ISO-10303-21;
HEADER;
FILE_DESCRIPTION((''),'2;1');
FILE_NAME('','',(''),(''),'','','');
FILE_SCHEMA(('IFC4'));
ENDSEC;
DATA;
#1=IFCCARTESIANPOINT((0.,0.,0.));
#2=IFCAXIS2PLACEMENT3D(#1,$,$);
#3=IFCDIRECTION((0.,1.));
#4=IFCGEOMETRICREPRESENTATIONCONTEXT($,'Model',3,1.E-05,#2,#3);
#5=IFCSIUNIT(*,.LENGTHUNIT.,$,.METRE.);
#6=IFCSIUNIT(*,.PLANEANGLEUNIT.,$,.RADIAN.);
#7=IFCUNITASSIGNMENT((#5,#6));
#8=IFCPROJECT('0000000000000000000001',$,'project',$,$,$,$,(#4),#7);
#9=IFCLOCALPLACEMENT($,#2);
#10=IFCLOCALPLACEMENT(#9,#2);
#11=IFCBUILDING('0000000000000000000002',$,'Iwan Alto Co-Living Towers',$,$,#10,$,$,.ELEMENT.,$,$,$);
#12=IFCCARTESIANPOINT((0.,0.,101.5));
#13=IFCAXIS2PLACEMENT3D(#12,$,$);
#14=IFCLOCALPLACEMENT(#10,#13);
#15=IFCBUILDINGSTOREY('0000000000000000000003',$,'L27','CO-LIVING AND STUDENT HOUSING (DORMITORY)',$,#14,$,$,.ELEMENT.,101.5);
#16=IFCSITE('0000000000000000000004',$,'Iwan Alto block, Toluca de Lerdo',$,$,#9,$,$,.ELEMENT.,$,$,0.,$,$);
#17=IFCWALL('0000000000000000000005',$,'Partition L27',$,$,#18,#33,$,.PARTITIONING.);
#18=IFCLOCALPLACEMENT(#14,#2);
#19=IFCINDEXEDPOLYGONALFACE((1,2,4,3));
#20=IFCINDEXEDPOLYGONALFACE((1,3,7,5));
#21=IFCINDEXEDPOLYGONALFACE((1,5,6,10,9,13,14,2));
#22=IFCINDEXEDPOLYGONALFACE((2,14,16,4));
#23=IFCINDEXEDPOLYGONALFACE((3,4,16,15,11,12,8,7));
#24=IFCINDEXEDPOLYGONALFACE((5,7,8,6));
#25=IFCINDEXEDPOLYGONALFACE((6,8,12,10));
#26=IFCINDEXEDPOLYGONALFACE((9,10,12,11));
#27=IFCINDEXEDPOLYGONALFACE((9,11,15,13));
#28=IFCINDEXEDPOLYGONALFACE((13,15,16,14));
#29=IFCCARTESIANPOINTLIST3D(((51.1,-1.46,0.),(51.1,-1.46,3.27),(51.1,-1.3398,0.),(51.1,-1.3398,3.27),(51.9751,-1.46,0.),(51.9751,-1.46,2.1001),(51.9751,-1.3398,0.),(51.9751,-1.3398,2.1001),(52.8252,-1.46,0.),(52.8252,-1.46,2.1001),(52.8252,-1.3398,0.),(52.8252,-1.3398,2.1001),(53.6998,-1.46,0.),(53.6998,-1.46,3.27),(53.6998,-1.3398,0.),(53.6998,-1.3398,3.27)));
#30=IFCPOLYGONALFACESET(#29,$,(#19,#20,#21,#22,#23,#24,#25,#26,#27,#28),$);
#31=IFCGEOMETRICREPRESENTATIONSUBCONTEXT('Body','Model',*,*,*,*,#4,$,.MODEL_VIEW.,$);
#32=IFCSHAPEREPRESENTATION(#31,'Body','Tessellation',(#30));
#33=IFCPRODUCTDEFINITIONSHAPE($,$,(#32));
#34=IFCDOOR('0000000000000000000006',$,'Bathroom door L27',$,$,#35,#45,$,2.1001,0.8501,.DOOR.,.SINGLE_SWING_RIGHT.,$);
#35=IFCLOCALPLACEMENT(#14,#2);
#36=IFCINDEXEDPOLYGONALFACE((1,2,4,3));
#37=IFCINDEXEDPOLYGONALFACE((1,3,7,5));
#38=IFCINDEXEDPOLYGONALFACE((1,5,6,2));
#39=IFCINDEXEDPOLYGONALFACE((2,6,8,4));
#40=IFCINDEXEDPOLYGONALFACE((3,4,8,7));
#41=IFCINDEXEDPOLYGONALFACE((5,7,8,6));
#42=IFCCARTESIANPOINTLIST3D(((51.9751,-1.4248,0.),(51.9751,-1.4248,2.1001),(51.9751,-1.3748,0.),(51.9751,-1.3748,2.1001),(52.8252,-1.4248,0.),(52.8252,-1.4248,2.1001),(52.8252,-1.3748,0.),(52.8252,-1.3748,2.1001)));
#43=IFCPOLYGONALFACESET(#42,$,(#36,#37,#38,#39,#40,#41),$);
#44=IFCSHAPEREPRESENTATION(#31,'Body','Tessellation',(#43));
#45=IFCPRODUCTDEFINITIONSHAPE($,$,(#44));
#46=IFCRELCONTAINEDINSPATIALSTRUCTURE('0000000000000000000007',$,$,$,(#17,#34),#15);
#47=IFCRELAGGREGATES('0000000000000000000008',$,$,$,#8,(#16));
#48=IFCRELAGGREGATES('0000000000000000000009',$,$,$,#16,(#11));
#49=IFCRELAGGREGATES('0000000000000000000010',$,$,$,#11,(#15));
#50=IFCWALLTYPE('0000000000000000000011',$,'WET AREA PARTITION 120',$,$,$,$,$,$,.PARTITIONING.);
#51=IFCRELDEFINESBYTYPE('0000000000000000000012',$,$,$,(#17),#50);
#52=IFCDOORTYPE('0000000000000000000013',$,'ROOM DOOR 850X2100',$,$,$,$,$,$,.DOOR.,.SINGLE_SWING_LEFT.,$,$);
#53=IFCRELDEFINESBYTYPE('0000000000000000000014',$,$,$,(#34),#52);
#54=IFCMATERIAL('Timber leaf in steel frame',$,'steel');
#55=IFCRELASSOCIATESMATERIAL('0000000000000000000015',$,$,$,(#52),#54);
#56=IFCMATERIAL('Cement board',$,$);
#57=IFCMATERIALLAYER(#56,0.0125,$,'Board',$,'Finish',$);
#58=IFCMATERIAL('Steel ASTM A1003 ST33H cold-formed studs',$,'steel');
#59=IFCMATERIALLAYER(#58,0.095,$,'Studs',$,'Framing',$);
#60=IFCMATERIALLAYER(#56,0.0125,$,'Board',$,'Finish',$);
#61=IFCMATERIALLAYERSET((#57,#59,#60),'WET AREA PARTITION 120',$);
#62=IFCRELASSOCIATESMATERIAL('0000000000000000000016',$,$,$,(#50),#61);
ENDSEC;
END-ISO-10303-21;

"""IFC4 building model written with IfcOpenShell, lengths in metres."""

from ifc_helpers import new_model, si_unit, direction, frame, frame_2d, origin, place, context, subcontext, project, spatial, rectangle, extrude, material, layer, layer_set, type_object, element, fill, save


model = new_model("IFC4")

# Units and contexts
model_context = context("Model", 3, precision=1e-05, world=origin(), true_north=direction((0.0, 1.0)))
body_context = subcontext(model_context, "Body", "Model", "MODEL_VIEW")
ifc_project = project(units=[si_unit("LENGTHUNIT", "METRE"), si_unit("PLANEANGLEUNIT", "RADIAN")], contexts=[model_context])

# Site, building, storey
site_placement = place(None, origin())
site = spatial("IfcSite", under=ifc_project, at=site_placement, Name="Iwan Alto block, Toluca de Lerdo", CompositionType="ELEMENT", RefElevation=0.0)
building_placement = place(site_placement, origin())
building = spatial("IfcBuilding", under=site, at=building_placement, Name="Iwan Alto Co-Living Towers", CompositionType="ELEMENT")
storey_placement = place(building_placement, frame((0.0, 0.0, 101.5)))
storey = spatial("IfcBuildingStorey", under=building, at=storey_placement, Name="L27", Description="CO-LIVING AND STUDENT HOUSING (DORMITORY)", CompositionType="ELEMENT", Elevation=101.5)

# Shared definitions
ifc_material_1 = material(Name="Steel ASTM A1003 ST33H cold-formed studs", Category="steel")
ifc_material_2 = material(Name="Timber leaf in steel frame", Category="steel")
door_type_1 = type_object("IfcDoorType", Name="ROOM DOOR 850X2100", OperationType="SINGLE_SWING_LEFT", PredefinedType="DOOR", material=ifc_material_2)

# Shared definitions
ifc_material_3 = material(Name="Cement board")
ifc_layer_1 = layer(ifc_material_3, 0.0125, Name="Board", Category="Finish")
ifc_layer_2 = layer(ifc_material_1, 0.095, Name="Studs", Category="Framing")
ifc_layer_3 = layer(ifc_material_3, 0.0125, Name="Board", Category="Finish")
ifc_layer_set_1 = layer_set([ifc_layer_1, ifc_layer_2, ifc_layer_3], Name="WET AREA PARTITION 120")
wall_type_1 = type_object("IfcWallType", Name="WET AREA PARTITION 120", PredefinedType="PARTITIONING", material=ifc_layer_set_1)

# Wall, opening, door
wall_1_placement = place(storey_placement, frame((51.1001, -1.3999, 0.0), z_axis=(0.0, 0.0, 1.0), x_axis=(1.0, 0.0, 0.0)))
wall_1 = element("IfcWall", 1, at=wall_1_placement, inside=storey, type_object=wall_type_1, Name="Partition L27", PredefinedType="PARTITIONING", context=body_context, shape_type="SweptSolid", body=[
    extrude(rectangle(XDim=2.5999, YDim=0.1201, at=frame_2d((1.2998, 0.0))), origin(), (0.0, 0.0, 1.0), 3.27),
])
opening_1_placement = place(wall_1_placement, frame((0.875, 0.0, 0.0)))
opening_1 = element("IfcOpeningElement", 2, at=opening_1_placement, cuts=wall_1, PredefinedType="OPENING", context=body_context, shape_type="SweptSolid", body=[
    extrude(rectangle(XDim=0.8501, YDim=2.1001, at=frame_2d((0.425, 1.05))), frame((0.0, 0.0701, 0.0), z_axis=(0.0, -1.0, 0.0), x_axis=(1.0, 0.0, 0.0)), (0.0, 0.0, 1.0), 0.1401),
])
door_1_placement = place(opening_1_placement, frame((0.8501, 0.0, 0.0), z_axis=(0.0, 0.0, 1.0), x_axis=(-1.0, 0.0, 0.0)))
door_1 = element("IfcDoor", 3, at=door_1_placement, inside=storey, type_object=door_type_1, Name="Bathroom door L27", OperationType="SINGLE_SWING_RIGHT", OverallHeight=2.1001, OverallWidth=0.8501, PredefinedType="DOOR", context=body_context, shape_type="SweptSolid", body=[
    extrude(rectangle(XDim=0.8501, YDim=2.1001, at=frame_2d((0.425, 1.05))), frame((0.0, 0.0249, 0.0), z_axis=(0.0, -1.0, 0.0), x_axis=(1.0, 0.0, 0.0)), (0.0, 0.0, 1.0), 0.05),
])
fill(opening_1, door_1)

save(model, "model.ifc")
